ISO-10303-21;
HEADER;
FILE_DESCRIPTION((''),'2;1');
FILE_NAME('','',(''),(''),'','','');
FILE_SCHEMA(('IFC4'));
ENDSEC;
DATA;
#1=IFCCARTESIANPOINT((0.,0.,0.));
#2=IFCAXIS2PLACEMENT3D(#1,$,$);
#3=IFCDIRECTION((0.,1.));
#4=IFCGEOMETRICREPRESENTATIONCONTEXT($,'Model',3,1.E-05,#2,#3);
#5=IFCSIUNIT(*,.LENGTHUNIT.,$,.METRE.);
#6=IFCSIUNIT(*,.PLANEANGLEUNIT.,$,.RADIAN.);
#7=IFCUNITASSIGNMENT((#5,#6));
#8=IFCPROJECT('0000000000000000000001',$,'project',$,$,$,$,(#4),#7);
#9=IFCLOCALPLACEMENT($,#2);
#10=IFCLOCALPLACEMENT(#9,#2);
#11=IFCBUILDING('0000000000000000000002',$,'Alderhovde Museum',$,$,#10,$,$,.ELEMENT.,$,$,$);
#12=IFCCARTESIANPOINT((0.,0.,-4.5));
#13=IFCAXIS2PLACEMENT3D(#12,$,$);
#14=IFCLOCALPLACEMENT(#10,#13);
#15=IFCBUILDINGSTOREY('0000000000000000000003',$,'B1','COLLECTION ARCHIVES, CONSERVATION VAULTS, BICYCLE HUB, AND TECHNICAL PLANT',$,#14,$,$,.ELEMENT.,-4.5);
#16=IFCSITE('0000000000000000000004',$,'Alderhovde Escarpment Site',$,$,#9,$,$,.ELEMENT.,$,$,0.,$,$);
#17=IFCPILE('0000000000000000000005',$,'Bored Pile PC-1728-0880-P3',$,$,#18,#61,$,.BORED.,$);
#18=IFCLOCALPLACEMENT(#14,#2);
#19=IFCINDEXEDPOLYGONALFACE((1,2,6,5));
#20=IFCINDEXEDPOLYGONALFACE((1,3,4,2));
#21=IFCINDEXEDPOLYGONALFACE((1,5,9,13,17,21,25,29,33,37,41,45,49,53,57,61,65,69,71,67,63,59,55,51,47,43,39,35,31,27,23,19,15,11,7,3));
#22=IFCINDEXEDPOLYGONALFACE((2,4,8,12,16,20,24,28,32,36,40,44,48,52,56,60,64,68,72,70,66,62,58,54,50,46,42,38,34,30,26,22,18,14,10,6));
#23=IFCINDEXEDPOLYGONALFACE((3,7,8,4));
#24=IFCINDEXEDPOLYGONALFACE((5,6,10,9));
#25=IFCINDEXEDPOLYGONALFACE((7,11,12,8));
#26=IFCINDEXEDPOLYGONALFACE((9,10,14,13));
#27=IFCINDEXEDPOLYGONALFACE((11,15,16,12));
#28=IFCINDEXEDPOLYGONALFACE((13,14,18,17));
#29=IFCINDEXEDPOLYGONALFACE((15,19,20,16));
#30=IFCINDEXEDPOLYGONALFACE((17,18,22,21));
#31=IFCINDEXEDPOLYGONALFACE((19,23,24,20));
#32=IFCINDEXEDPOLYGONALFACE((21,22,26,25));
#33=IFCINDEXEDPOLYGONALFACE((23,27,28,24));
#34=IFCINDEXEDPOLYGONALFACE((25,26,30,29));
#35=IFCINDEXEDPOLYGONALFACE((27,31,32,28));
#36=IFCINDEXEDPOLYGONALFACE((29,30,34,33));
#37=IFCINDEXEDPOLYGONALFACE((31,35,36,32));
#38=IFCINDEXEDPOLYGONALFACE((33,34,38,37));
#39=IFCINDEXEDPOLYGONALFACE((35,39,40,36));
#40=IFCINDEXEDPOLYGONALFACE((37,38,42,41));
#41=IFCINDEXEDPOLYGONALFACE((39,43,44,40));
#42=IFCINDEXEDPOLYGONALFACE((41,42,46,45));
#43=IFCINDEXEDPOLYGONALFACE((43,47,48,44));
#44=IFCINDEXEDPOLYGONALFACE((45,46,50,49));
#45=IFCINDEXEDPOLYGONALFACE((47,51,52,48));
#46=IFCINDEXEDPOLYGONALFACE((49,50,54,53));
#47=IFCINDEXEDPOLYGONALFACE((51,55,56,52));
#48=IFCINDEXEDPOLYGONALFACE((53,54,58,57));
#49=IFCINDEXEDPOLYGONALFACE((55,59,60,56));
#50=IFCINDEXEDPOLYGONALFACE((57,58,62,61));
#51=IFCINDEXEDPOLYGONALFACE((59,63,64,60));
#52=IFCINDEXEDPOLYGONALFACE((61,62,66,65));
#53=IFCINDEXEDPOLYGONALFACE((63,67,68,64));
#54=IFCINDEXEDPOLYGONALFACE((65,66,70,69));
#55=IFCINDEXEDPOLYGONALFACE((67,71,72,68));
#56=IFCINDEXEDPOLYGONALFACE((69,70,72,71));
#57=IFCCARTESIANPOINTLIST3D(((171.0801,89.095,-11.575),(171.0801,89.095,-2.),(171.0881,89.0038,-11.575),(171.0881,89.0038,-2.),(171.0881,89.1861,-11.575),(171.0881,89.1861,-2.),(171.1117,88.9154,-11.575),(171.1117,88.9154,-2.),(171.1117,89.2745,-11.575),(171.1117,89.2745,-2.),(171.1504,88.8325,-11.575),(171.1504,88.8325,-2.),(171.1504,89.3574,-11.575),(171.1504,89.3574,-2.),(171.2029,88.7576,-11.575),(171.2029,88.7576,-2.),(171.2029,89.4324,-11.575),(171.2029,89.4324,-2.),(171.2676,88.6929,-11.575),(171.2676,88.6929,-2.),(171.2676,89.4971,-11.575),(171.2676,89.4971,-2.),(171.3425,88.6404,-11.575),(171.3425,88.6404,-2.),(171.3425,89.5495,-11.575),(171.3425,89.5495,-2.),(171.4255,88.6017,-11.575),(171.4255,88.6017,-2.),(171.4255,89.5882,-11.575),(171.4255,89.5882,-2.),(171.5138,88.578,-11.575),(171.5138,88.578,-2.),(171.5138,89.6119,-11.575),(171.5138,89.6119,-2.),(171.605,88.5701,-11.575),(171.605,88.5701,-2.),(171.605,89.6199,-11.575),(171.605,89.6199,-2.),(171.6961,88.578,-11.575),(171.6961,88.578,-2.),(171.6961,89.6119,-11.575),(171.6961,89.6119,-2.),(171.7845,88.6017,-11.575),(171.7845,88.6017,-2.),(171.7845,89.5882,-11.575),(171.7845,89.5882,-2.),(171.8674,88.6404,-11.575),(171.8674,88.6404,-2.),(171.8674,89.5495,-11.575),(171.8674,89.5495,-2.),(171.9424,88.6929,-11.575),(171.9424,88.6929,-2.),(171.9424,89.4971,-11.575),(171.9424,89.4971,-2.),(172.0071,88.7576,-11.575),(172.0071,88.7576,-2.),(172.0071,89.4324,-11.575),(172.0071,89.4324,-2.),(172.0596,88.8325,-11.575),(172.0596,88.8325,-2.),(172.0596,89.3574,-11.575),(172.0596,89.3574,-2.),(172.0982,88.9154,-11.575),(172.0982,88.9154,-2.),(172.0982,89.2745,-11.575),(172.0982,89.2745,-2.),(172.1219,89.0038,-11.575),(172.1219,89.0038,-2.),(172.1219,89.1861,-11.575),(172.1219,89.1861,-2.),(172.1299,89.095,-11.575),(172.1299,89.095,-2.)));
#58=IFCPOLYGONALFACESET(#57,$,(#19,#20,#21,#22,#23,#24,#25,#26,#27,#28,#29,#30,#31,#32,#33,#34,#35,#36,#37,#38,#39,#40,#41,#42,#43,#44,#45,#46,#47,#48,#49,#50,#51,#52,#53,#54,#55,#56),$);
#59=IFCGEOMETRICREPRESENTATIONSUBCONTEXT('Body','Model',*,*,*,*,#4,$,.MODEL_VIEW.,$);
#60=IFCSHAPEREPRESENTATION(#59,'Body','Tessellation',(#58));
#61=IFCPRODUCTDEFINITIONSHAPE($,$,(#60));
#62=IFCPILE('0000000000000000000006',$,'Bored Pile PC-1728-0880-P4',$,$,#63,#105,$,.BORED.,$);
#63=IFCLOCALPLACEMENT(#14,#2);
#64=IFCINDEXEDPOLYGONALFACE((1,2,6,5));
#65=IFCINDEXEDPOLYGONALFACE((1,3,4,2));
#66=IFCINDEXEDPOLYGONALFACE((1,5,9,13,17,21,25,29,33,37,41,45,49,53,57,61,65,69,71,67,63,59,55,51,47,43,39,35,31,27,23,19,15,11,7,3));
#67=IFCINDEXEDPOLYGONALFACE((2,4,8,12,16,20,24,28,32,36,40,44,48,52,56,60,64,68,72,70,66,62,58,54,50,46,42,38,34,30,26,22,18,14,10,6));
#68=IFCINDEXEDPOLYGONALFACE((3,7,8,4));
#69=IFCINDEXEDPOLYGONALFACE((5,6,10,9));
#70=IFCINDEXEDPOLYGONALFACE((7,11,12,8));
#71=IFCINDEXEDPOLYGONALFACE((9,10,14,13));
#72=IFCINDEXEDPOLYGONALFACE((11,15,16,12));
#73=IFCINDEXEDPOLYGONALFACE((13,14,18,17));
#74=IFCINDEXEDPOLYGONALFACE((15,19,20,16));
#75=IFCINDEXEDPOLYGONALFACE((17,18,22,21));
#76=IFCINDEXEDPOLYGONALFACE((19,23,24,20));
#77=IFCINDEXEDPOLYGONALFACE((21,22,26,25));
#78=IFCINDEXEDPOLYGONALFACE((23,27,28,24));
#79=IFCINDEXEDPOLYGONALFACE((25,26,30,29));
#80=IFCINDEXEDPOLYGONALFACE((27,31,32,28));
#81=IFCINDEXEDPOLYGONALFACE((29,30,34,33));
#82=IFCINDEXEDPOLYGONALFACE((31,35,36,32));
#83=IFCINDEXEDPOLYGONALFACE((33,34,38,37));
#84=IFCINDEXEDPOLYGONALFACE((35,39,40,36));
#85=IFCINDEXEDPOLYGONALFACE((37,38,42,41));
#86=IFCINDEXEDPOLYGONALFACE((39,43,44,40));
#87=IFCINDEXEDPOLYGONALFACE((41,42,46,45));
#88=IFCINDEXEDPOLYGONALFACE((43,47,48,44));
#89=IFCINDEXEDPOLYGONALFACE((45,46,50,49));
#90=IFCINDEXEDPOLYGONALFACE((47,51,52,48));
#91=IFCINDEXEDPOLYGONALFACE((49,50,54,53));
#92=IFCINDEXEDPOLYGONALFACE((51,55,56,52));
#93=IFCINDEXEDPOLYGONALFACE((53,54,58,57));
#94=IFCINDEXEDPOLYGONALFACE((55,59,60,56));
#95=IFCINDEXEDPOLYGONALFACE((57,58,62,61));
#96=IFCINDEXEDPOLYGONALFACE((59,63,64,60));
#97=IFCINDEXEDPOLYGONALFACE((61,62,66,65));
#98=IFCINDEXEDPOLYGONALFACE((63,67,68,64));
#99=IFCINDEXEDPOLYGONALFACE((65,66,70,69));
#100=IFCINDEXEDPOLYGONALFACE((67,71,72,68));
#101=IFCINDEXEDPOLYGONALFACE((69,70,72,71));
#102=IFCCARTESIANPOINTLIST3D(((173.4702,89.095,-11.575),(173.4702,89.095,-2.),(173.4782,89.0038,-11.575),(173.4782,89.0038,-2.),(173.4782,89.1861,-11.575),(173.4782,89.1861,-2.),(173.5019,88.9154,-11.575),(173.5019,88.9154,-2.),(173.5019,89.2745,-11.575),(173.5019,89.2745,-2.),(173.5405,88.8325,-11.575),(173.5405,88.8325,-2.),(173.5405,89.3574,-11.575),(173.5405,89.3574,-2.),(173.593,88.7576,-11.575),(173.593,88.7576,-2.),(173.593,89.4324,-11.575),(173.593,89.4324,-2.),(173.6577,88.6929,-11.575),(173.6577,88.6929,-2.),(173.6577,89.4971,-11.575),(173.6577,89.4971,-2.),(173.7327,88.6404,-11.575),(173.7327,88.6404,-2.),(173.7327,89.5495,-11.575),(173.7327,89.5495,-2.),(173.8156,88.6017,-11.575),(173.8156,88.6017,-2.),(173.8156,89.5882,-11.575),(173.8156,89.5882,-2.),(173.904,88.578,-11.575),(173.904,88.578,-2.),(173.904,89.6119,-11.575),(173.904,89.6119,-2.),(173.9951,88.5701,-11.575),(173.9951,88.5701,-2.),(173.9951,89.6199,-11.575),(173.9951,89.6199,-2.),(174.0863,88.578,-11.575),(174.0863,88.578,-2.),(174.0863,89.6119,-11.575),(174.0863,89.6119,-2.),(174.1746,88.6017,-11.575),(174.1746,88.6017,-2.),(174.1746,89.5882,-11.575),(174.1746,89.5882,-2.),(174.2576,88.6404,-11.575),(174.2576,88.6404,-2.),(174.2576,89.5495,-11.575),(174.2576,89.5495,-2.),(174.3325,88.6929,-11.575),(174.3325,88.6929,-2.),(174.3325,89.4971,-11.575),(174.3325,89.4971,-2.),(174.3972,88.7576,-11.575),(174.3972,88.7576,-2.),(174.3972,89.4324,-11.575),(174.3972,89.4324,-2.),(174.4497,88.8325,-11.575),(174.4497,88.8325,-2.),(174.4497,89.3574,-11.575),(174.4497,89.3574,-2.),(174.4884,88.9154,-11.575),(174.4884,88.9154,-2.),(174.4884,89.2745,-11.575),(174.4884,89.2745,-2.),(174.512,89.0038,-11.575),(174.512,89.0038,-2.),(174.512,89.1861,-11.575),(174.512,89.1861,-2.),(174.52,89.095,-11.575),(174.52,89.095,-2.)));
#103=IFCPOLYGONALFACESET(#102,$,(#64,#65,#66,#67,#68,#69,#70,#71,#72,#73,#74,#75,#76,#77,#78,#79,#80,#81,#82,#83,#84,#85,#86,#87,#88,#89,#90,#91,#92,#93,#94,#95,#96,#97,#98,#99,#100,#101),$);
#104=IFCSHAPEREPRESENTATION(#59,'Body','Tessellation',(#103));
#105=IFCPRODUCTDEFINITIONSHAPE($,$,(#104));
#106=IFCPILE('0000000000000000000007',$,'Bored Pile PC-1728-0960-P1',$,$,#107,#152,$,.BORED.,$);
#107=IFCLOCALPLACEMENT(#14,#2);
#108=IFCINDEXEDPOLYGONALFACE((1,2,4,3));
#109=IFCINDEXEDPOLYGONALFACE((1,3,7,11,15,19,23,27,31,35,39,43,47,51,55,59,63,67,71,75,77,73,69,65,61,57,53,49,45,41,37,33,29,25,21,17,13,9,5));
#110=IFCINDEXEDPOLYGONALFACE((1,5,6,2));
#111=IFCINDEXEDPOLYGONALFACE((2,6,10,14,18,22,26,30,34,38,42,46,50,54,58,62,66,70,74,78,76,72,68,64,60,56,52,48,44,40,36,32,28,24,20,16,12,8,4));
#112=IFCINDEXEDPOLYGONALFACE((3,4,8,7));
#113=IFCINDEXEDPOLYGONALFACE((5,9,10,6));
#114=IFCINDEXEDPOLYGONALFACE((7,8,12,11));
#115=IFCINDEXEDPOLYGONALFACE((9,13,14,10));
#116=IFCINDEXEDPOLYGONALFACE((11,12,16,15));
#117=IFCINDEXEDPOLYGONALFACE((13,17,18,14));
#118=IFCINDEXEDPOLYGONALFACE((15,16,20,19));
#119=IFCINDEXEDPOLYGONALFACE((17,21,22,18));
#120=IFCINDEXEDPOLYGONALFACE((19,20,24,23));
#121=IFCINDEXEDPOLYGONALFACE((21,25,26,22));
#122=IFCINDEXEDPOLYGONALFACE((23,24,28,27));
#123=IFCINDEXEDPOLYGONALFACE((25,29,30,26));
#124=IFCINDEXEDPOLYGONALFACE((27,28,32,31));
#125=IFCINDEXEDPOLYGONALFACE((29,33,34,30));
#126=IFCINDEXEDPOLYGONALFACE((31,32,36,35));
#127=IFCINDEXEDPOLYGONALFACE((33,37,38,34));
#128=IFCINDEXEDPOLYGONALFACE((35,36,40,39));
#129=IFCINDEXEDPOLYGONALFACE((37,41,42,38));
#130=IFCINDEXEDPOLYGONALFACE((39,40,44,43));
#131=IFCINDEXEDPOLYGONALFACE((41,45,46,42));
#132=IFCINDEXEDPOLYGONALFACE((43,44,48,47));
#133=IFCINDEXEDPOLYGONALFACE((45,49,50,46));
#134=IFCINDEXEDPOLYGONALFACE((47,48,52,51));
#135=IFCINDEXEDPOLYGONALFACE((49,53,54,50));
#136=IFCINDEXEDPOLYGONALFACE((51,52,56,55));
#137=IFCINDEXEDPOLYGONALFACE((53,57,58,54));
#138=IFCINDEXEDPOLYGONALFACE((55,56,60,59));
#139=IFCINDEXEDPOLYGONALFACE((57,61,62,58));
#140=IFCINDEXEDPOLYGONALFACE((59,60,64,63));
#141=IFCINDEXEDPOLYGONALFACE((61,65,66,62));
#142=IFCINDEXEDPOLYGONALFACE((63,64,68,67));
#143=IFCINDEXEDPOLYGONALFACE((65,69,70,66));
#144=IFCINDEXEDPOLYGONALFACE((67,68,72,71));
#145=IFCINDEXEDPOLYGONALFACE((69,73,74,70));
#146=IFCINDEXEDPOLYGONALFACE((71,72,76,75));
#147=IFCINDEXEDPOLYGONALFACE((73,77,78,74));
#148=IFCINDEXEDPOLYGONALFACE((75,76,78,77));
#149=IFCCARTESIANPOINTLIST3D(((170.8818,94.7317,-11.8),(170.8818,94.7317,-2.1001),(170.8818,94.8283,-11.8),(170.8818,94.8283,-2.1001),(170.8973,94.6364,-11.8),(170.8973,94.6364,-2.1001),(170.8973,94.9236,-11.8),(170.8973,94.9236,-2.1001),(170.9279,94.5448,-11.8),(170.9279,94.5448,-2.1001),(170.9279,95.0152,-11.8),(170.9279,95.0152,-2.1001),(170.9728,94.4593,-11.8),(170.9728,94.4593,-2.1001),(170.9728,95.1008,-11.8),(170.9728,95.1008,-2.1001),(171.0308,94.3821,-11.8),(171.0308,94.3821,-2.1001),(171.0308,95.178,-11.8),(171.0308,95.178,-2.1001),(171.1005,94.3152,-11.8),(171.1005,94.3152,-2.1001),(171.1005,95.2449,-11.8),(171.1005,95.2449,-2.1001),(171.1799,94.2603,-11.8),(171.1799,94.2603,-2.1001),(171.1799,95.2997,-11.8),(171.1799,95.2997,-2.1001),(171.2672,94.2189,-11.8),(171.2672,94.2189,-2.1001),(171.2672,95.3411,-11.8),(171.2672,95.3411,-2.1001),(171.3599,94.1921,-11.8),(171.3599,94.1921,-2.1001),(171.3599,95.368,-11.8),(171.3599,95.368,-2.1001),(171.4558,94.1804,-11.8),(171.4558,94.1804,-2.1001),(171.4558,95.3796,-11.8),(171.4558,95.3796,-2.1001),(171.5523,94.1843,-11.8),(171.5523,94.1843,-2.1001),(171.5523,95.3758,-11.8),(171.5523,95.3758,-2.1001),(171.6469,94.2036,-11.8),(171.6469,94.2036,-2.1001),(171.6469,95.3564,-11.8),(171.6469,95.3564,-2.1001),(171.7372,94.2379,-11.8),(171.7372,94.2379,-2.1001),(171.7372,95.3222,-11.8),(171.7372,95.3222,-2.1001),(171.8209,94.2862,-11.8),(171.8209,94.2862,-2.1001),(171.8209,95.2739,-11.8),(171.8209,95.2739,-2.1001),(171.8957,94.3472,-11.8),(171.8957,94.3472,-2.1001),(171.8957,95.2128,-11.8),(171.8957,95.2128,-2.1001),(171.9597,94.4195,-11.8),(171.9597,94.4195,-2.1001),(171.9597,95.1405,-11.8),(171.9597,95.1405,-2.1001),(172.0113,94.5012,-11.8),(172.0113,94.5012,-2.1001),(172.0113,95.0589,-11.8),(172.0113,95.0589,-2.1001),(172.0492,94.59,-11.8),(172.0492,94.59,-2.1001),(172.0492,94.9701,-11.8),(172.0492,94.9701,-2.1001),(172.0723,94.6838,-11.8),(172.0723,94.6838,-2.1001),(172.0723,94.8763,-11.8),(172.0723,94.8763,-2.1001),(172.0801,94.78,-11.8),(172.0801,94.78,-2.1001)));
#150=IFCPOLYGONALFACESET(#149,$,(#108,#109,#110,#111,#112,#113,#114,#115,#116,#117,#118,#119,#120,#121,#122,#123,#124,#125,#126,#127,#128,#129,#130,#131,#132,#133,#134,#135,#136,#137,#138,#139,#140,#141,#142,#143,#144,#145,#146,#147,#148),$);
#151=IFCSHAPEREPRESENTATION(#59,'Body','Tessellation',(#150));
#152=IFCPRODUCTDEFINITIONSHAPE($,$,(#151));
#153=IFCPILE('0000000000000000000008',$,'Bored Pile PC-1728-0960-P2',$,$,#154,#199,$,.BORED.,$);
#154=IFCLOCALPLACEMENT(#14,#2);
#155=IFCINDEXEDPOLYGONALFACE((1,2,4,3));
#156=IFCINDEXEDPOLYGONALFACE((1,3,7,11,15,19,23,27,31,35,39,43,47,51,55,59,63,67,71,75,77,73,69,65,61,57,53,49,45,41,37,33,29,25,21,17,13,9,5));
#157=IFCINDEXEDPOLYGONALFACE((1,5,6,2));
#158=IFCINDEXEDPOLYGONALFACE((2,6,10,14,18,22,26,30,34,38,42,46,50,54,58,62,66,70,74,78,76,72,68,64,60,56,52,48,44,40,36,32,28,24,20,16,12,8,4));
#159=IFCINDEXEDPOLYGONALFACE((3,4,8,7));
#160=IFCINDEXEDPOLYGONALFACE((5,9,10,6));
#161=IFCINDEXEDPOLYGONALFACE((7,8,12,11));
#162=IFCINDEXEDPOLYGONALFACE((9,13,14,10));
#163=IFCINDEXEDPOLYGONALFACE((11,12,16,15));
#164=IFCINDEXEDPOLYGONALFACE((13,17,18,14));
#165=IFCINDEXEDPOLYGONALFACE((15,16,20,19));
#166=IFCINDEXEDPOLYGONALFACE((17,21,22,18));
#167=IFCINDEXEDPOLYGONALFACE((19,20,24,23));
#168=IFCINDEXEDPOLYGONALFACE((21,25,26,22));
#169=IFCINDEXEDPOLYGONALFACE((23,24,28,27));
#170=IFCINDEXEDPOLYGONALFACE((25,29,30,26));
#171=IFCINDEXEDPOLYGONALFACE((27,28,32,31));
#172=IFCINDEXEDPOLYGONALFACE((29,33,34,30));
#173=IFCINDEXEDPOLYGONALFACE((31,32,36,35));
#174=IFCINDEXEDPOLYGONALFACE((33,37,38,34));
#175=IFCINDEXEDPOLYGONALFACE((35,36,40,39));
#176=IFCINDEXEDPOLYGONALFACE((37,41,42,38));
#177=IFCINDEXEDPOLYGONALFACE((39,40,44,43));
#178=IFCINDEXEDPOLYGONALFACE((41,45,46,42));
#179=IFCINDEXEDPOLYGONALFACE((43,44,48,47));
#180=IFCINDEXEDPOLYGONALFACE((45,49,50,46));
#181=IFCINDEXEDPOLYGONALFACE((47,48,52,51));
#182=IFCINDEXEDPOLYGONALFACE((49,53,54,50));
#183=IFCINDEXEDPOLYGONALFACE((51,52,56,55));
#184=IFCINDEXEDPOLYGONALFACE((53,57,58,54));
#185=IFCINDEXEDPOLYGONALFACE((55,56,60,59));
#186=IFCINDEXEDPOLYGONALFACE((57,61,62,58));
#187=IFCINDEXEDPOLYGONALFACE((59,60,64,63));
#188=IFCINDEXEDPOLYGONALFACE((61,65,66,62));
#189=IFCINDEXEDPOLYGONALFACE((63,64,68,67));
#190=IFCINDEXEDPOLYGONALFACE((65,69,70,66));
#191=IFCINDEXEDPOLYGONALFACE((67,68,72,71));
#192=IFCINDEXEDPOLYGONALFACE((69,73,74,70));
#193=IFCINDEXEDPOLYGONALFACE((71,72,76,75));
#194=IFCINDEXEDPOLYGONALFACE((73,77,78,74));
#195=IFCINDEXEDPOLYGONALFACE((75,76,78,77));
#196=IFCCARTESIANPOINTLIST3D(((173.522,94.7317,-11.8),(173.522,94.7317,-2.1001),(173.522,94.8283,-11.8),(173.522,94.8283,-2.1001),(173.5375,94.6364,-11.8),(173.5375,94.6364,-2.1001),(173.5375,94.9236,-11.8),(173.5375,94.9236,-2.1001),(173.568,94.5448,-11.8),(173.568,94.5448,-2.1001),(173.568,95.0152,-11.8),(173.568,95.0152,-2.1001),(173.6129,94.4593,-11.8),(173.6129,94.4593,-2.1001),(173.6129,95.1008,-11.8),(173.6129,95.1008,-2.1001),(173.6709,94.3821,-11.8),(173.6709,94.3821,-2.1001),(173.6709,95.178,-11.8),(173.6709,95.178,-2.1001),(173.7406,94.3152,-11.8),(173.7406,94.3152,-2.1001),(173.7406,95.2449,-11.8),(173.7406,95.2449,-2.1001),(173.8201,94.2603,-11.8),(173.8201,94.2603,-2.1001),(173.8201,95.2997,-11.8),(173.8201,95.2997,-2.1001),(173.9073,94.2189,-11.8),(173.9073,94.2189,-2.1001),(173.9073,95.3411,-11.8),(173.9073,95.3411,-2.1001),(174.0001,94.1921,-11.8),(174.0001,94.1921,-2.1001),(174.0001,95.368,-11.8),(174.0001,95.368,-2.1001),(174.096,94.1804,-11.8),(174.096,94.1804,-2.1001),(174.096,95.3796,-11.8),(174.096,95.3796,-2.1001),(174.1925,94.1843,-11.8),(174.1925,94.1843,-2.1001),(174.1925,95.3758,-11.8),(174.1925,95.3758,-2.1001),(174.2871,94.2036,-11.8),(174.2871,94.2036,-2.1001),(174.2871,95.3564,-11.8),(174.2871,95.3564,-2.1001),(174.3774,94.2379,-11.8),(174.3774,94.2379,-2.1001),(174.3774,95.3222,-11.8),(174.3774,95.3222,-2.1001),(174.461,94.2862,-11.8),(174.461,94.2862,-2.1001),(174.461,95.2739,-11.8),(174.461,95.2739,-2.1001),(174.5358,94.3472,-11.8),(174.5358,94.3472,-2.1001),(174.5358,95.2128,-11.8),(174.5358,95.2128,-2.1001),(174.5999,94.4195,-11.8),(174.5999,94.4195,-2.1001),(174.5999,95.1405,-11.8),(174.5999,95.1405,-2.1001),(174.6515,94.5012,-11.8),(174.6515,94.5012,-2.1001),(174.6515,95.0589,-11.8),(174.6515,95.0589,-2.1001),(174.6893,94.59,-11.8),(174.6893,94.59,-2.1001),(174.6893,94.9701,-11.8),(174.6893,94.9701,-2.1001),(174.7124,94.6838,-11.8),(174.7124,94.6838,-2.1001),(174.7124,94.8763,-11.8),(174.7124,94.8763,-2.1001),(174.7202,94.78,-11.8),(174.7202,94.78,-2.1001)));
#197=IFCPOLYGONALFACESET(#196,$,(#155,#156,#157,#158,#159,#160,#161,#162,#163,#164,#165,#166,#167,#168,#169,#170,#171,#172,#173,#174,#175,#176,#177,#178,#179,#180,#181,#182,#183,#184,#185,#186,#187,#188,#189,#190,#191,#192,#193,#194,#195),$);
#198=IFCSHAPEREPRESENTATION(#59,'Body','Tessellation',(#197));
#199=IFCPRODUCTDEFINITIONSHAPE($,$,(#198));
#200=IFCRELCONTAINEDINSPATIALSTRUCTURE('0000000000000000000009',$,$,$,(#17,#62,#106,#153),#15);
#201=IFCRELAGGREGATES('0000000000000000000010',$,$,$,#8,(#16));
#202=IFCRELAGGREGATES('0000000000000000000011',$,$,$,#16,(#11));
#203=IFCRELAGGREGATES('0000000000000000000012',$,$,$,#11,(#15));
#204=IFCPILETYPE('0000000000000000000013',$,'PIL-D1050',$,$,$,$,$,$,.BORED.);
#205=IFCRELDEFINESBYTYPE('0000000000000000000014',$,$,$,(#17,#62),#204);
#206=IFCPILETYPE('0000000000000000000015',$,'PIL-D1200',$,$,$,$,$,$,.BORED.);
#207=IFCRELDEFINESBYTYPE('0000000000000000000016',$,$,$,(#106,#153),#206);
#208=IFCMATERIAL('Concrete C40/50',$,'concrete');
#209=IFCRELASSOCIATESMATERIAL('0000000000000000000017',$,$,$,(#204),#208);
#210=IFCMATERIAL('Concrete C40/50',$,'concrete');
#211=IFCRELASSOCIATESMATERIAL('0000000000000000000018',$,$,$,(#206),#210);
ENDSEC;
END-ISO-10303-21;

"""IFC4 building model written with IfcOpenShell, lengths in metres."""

from ifc_helpers import new_model, si_unit, direction, frame, origin, origin_2d, place, context, subcontext, project, spatial, circle, extrude, material, material_profile, profile_set, type_object, element, save


model = new_model("IFC4")

# Units and contexts
model_context = context("Model", 3, precision=1e-05, world=origin(), true_north=direction((0.0, 1.0)))
body_context = subcontext(model_context, "Body", "Model", "MODEL_VIEW")
ifc_project = project(units=[si_unit("LENGTHUNIT", "METRE"), si_unit("PLANEANGLEUNIT", "RADIAN")], contexts=[model_context])

# Site, building, storey
site_placement = place(None, origin())
site = spatial("IfcSite", under=ifc_project, at=site_placement, Name="Alderhovde Escarpment Site", CompositionType="ELEMENT", RefElevation=0.0)
building_placement = place(site_placement, origin())
building = spatial("IfcBuilding", under=site, at=building_placement, Name="Alderhovde Museum", CompositionType="ELEMENT")
storey_placement = place(building_placement, frame((0.0, 0.0, -4.5)))
storey = spatial("IfcBuildingStorey", under=building, at=storey_placement, Name="B1", Description="COLLECTION ARCHIVES, CONSERVATION VAULTS, BICYCLE HUB, AND TECHNICAL PLANT", CompositionType="ELEMENT", Elevation=-4.5)

# Piles
ifc_material_1 = material(Name="Concrete C40/50", Category="concrete")
ifc_material_profile_1 = material_profile(ifc_material_1, circle(Radius=0.5249, at=origin_2d()), Name="PILE-D1050")
ifc_profile_set_1 = profile_set([ifc_material_profile_1], Name="Concrete C40/50")
pile_type_1 = type_object("IfcPileType", Name="PIL-D1050", PredefinedType="BORED", material=ifc_profile_set_1)
for number, where, z_axis, x_axis, name in (
    (1, (171.605, 89.095, -2.0), (0.0, 0.0, -1.0), (1.0, 0.0, 0.0), "Bored Pile PC-1728-0880-P3"),
    (2, (173.9951, 89.095, -2.0), (0.0, 0.0, -1.0), (1.0, 0.0, 0.0), "Bored Pile PC-1728-0880-P4"),
):
    element("IfcPile", number, at=place(storey_placement, frame(where, z_axis=z_axis, x_axis=x_axis)), inside=storey, type_object=pile_type_1, Name=name, PredefinedType="BORED", context=body_context, shape_type="SweptSolid", body=[
        extrude(circle(Radius=0.5249, at=origin_2d()), origin(), (0.0, 0.0, 1.0), 9.575),
    ])
ifc_material_2 = material(Name="Concrete C40/50", Category="concrete")
ifc_material_profile_2 = material_profile(ifc_material_2, circle(Radius=0.6001, at=origin_2d()), Name="PILE-D1200")
ifc_profile_set_2 = profile_set([ifc_material_profile_2], Name="Concrete C40/50")
pile_type_2 = type_object("IfcPileType", Name="PIL-D1200", PredefinedType="BORED", material=ifc_profile_set_2)
for number, where, z_axis, x_axis, name in (
    (3, (171.48, 94.78, -2.1001), (0.0, 0.0, -1.0), (1.0, 0.0, 0.0), "Bored Pile PC-1728-0960-P1"),
    (4, (174.1201, 94.78, -2.1001), (0.0, 0.0, -1.0), (1.0, 0.0, 0.0), "Bored Pile PC-1728-0960-P2"),
):
    element("IfcPile", number, at=place(storey_placement, frame(where, z_axis=z_axis, x_axis=x_axis)), inside=storey, type_object=pile_type_2, Name=name, PredefinedType="BORED", context=body_context, shape_type="SweptSolid", body=[
        extrude(circle(Radius=0.6001, at=origin_2d()), origin(), (0.0, 0.0, 1.0), 9.7),
    ])

save(model, "model.ifc")
